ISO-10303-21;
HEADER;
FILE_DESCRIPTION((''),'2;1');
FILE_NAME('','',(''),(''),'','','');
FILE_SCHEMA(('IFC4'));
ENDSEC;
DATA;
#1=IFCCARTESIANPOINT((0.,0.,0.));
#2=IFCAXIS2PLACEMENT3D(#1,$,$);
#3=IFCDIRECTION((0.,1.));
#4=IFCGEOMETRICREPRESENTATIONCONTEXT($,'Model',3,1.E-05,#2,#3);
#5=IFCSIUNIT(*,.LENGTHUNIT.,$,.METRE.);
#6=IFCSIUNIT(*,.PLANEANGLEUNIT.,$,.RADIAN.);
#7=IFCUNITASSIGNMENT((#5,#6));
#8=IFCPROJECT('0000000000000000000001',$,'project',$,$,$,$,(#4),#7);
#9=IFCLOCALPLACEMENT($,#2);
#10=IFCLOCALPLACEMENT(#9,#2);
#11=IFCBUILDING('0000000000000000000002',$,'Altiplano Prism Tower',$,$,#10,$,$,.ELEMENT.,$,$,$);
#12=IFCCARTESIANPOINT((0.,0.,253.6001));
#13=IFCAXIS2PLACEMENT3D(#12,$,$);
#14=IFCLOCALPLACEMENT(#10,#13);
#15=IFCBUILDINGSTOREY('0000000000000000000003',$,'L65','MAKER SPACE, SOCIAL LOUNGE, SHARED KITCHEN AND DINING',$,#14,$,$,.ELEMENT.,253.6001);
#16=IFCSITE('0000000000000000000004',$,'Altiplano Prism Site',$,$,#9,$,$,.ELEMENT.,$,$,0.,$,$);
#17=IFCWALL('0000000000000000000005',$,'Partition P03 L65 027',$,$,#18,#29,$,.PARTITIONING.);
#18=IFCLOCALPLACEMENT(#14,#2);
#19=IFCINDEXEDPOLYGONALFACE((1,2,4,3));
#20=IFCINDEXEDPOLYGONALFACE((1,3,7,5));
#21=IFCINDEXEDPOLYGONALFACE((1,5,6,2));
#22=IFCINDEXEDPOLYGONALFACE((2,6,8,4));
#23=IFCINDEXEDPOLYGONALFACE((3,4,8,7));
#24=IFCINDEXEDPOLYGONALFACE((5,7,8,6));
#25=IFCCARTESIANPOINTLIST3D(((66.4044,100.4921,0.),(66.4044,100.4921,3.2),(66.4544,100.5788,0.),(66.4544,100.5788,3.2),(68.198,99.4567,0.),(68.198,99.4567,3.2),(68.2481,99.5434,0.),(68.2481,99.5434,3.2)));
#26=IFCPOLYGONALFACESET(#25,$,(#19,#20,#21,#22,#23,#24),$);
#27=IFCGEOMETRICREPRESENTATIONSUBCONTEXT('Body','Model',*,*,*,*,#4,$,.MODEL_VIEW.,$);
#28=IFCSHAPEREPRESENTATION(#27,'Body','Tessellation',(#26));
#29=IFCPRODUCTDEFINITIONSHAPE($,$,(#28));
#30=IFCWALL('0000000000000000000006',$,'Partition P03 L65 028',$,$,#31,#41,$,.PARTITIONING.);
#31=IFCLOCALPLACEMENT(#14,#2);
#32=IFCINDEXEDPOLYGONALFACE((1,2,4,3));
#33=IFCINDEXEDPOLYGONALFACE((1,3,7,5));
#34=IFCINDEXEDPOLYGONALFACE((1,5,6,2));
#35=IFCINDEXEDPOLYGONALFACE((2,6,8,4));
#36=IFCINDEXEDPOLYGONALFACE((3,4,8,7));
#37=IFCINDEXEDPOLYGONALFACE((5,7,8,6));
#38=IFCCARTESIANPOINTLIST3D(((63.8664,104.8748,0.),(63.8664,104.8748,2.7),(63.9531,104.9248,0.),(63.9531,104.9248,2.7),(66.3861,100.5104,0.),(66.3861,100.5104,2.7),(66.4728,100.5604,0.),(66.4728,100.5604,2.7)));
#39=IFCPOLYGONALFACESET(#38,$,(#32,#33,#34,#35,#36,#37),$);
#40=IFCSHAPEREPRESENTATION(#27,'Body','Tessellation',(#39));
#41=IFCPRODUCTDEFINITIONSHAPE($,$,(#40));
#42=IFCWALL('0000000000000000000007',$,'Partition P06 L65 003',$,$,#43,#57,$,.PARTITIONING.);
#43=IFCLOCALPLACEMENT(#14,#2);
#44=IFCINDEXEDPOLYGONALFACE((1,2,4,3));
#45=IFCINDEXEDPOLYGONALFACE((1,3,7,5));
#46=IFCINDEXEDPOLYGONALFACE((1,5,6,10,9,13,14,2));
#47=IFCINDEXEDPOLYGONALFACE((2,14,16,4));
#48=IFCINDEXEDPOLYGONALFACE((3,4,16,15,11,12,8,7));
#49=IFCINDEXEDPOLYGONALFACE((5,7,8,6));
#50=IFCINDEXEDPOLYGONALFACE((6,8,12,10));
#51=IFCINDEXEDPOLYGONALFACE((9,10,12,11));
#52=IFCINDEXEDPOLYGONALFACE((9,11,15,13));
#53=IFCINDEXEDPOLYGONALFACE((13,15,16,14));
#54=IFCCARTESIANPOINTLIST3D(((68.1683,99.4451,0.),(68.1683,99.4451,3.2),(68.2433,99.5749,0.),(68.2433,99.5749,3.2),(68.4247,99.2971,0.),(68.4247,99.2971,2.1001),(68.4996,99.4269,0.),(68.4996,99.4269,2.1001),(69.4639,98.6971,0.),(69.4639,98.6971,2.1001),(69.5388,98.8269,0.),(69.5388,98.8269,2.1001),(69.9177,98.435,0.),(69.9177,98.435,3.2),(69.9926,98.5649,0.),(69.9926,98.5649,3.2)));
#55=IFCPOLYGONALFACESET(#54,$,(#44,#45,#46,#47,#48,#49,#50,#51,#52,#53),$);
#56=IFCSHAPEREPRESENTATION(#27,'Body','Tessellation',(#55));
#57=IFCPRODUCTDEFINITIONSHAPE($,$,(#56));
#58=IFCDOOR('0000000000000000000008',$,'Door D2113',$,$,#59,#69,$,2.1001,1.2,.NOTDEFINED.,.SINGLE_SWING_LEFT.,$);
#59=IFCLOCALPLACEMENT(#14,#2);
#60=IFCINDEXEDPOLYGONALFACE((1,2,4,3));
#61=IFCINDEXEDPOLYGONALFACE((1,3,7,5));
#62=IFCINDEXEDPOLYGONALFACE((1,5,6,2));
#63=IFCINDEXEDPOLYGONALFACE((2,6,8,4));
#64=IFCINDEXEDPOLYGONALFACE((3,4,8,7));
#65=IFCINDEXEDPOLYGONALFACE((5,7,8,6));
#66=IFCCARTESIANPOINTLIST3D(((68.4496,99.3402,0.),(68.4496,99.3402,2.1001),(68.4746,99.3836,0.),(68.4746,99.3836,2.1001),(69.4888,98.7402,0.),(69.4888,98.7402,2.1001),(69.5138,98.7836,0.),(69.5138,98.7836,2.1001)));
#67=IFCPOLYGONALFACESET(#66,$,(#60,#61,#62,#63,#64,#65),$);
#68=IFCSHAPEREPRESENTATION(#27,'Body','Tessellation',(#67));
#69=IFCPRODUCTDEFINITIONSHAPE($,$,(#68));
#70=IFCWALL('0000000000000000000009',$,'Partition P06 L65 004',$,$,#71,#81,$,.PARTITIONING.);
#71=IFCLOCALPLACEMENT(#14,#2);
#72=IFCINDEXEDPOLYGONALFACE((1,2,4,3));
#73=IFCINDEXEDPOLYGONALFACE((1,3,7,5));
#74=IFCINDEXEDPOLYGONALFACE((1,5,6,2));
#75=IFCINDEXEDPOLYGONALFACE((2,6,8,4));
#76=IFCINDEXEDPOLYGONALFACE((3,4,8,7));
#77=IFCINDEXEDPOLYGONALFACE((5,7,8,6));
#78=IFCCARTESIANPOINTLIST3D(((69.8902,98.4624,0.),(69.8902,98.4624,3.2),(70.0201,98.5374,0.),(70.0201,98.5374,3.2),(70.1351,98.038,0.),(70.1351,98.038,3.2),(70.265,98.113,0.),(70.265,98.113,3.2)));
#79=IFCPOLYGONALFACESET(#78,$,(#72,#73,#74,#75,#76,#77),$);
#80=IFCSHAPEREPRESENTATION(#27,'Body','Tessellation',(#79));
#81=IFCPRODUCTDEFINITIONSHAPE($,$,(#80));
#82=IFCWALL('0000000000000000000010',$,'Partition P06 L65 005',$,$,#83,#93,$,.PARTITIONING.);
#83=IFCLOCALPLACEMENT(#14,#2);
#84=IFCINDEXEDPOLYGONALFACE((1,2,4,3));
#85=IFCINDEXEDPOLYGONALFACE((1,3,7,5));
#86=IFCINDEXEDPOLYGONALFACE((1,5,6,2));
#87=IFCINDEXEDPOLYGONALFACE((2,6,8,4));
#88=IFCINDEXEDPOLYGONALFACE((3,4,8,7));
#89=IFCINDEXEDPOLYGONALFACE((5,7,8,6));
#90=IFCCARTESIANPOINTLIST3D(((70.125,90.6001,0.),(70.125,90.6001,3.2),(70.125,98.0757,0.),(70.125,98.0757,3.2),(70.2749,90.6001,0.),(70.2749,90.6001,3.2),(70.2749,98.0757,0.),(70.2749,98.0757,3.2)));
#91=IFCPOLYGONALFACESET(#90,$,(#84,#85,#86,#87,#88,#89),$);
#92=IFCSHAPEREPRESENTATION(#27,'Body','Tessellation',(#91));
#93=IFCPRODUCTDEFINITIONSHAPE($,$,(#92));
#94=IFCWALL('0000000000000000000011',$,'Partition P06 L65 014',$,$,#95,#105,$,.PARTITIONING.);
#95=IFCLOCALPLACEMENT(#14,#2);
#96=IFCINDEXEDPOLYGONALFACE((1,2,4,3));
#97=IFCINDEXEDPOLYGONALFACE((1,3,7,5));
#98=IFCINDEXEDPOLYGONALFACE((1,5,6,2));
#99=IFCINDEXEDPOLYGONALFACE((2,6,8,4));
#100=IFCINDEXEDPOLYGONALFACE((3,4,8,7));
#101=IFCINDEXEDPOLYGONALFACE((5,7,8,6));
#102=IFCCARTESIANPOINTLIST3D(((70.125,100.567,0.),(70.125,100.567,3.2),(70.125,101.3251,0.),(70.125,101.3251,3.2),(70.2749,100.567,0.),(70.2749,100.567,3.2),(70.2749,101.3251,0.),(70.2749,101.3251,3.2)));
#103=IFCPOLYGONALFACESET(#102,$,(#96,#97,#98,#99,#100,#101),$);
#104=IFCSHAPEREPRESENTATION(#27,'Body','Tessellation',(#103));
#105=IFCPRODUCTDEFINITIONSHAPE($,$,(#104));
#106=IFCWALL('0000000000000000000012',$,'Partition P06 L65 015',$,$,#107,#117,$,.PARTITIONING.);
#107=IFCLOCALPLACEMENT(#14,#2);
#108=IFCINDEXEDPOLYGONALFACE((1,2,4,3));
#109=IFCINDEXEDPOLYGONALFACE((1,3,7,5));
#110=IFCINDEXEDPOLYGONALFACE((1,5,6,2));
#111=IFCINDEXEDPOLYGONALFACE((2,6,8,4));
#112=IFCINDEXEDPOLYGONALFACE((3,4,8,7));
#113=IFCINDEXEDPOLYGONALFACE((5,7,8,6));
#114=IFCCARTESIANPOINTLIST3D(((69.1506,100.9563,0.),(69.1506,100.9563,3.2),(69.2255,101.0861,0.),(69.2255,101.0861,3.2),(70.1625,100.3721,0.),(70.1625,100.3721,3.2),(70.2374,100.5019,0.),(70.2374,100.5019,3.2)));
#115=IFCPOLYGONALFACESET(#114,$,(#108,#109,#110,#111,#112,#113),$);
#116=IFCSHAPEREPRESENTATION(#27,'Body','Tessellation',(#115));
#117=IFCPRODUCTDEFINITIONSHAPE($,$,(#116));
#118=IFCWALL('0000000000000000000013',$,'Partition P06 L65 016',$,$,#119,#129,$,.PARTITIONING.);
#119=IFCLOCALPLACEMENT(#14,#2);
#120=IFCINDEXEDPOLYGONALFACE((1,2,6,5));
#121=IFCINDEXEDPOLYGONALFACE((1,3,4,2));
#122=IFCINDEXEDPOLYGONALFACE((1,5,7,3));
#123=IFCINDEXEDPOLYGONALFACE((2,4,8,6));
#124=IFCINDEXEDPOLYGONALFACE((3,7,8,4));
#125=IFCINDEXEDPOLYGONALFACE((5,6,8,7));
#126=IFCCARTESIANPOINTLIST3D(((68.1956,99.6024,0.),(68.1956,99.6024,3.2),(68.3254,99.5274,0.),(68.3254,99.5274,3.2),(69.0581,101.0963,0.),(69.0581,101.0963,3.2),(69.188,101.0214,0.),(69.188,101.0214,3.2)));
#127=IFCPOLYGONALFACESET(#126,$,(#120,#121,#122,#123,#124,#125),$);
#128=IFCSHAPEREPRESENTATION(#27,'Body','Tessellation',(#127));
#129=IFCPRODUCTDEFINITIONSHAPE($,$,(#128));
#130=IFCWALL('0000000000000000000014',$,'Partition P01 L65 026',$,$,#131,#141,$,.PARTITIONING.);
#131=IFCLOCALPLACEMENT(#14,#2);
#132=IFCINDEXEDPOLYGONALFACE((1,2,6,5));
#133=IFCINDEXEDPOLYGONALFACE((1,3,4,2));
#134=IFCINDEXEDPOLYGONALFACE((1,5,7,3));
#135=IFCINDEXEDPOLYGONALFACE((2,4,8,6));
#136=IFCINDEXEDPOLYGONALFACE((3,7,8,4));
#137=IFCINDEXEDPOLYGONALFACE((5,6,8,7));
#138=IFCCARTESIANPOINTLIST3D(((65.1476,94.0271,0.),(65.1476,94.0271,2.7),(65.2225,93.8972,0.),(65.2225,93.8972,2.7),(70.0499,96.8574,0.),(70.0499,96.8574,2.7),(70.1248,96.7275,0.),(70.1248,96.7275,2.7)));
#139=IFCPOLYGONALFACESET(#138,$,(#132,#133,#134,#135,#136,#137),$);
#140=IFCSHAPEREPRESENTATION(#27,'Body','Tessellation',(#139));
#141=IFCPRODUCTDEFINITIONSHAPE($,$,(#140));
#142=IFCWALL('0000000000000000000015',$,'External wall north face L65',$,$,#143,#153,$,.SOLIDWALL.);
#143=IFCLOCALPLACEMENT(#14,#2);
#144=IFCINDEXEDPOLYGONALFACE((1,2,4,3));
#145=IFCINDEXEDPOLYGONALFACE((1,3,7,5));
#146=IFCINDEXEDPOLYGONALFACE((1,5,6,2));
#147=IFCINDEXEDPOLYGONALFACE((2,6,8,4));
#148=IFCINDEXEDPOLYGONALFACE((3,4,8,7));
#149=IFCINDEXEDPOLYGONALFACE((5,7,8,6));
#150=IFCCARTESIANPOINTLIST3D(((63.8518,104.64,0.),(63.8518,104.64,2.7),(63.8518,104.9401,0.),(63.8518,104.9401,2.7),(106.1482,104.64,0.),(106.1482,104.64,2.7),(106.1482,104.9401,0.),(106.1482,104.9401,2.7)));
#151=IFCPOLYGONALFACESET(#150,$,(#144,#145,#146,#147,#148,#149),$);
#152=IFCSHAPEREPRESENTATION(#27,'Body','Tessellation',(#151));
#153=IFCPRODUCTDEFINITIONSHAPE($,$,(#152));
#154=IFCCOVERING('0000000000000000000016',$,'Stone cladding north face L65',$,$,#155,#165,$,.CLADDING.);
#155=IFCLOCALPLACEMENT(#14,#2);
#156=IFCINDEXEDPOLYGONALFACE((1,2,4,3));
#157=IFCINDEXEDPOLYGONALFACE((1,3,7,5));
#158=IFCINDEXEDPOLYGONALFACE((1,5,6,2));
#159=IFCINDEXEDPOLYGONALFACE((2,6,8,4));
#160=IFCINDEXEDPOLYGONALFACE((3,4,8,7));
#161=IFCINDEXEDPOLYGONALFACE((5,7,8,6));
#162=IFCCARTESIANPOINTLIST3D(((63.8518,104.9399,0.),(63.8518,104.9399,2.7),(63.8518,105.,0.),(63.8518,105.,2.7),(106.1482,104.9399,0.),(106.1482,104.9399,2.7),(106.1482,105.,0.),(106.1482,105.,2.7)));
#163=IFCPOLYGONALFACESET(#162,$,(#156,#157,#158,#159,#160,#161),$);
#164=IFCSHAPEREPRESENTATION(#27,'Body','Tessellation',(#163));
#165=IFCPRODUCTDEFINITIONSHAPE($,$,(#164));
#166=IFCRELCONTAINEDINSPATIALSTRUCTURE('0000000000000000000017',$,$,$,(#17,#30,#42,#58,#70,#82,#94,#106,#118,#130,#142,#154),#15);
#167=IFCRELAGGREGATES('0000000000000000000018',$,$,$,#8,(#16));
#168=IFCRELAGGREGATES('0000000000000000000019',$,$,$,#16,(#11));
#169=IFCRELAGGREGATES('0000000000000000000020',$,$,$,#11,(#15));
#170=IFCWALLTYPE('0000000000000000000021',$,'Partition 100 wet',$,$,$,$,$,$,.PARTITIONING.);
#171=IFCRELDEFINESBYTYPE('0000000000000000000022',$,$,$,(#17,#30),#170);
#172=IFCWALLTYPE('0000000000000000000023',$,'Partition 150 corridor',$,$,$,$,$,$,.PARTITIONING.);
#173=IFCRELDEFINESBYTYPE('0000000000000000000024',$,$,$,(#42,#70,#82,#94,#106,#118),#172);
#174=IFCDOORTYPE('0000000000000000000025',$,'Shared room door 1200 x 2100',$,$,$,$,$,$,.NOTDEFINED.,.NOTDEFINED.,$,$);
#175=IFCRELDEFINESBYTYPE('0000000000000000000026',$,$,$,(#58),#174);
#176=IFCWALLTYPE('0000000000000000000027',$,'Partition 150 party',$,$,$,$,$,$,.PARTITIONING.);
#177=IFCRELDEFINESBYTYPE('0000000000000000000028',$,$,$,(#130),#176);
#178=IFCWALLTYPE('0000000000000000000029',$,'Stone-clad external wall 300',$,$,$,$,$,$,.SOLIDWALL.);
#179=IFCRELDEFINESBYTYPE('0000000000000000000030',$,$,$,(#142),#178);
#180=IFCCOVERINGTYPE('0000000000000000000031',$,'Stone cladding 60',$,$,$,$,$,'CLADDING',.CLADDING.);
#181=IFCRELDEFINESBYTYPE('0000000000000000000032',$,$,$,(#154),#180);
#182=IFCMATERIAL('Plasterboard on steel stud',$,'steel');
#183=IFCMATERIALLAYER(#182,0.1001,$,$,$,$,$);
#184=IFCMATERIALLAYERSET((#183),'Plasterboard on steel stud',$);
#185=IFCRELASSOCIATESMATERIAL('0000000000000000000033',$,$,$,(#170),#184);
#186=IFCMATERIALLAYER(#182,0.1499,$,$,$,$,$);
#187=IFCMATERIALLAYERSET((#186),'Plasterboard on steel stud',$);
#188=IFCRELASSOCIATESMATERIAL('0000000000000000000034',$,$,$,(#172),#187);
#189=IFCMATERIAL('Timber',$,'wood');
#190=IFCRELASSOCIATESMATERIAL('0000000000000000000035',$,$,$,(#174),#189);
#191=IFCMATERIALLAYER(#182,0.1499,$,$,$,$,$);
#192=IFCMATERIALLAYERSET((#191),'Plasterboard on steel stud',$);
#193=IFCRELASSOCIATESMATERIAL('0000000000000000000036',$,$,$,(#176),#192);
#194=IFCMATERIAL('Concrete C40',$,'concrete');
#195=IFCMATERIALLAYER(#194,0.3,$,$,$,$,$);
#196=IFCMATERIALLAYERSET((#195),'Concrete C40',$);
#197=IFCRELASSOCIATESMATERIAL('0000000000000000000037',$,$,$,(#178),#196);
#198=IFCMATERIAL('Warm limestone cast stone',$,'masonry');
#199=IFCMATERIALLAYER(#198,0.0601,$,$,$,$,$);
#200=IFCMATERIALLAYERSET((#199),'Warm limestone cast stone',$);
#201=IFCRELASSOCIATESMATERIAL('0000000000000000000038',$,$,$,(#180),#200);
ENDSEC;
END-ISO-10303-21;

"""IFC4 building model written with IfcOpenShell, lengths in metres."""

from ifc_helpers import new_model, si_unit, direction, frame, frame_2d, origin, place, context, subcontext, project, spatial, rectangle, extrude, material, layer, layer_set, type_object, element, fill, save


model = new_model("IFC4")

# Units and contexts
model_context = context("Model", 3, precision=1e-05, world=origin(), true_north=direction((0.0, 1.0)))
body_context = subcontext(model_context, "Body", "Model", "MODEL_VIEW")
ifc_project = project(units=[si_unit("LENGTHUNIT", "METRE"), si_unit("PLANEANGLEUNIT", "RADIAN")], contexts=[model_context])

# Site, building, storey
site_placement = place(None, origin())
site = spatial("IfcSite", under=ifc_project, at=site_placement, Name="Altiplano Prism Site", CompositionType="ELEMENT", RefElevation=0.0)
building_placement = place(site_placement, origin())
building = spatial("IfcBuilding", under=site, at=building_placement, Name="Altiplano Prism Tower", CompositionType="ELEMENT")
storey_placement = place(building_placement, frame((0.0, 0.0, 253.6001)))
storey = spatial("IfcBuildingStorey", under=building, at=storey_placement, Name="L65", Description="MAKER SPACE, SOCIAL LOUNGE, SHARED KITCHEN AND DINING", CompositionType="ELEMENT", Elevation=253.6001)

# Walls
ifc_material_1 = material(Name="Plasterboard on steel stud", Category="steel")
ifc_layer_1 = layer(ifc_material_1, 0.1001)
ifc_layer_set_1 = layer_set([ifc_layer_1], Name="Plasterboard on steel stud")
wall_type_1 = type_object("IfcWallType", Name="Partition 100 wet", PredefinedType="PARTITIONING", material=ifc_layer_set_1)
wall_1_placement = place(storey_placement, frame((68.2231, 99.5, 0.0), z_axis=(0.0, 0.0, 1.0), x_axis=(-0.866066, 0.49993, 0.0)))
element("IfcWall", 1, at=wall_1_placement, inside=storey, type_object=wall_type_1, Name="Partition P03 L65 027", PredefinedType="PARTITIONING", context=body_context, shape_type="SweptSolid", body=[
    extrude(rectangle(XDim=2.071, YDim=0.1001, at=frame_2d((1.0356, 0.0))), origin(), (0.0, 0.0, 1.0), 3.2),
])
wall_2_placement = place(storey_placement, frame((66.4294, 100.5354, 0.0), z_axis=(0.0, 0.0, 1.0), x_axis=(-0.499989, 0.866032, 0.0)))
element("IfcWall", 2, at=wall_2_placement, inside=storey, type_object=wall_type_1, Name="Partition P03 L65 028", PredefinedType="PARTITIONING", context=body_context, shape_type="SweptSolid", body=[
    extrude(rectangle(XDim=5.0396, YDim=0.1001, at=frame_2d((2.5198, 0.0))), origin(), (0.0, 0.0, 1.0), 2.7),
])

# Wall, opening, door
ifc_layer_2 = layer(ifc_material_1, 0.1499)
ifc_layer_set_2 = layer_set([ifc_layer_2], Name="Plasterboard on steel stud")
wall_type_2 = type_object("IfcWallType", Name="Partition 150 corridor", PredefinedType="PARTITIONING", material=ifc_layer_set_2)
wall_3_placement = place(storey_placement, frame((68.2058, 99.51, 0.0), z_axis=(0.0, 0.0, 1.0), x_axis=(0.86601, -0.500026, 0.0)))
wall_3 = element("IfcWall", 3, at=wall_3_placement, inside=storey, type_object=wall_type_2, Name="Partition P06 L65 003", PredefinedType="PARTITIONING", context=body_context, shape_type="SweptSolid", body=[
    extrude(rectangle(XDim=2.02, YDim=0.1499, at=frame_2d((1.01, 0.0))), origin(), (0.0, 0.0, 1.0), 3.2),
])
opening_placement = place(wall_3_placement, frame((0.2959, 0.0, 0.0)))
opening = element("IfcOpeningElement", 4, at=opening_placement, cuts=wall_3, PredefinedType="OPENING", context=body_context, shape_type="SweptSolid", body=[
    extrude(rectangle(XDim=1.2, YDim=2.1001, at=frame_2d((0.6001, 1.05))), frame((0.0, 0.0854, 0.0), z_axis=(0.0, -1.0, 0.0), x_axis=(1.0, 0.0, 0.0)), (0.0, 0.0, 1.0), 0.1709),
])
ifc_material_2 = material(Name="Timber", Category="wood")
door_type = type_object("IfcDoorType", Name="Shared room door 1200 x 2100", OperationType="NOTDEFINED", PredefinedType="NOTDEFINED", material=ifc_material_2)
door_placement = place(opening_placement, origin())
door = element("IfcDoor", 5, at=door_placement, inside=storey, type_object=door_type, Name="Door D2113", OperationType="SINGLE_SWING_LEFT", OverallHeight=2.1001, OverallWidth=1.2, PredefinedType="NOTDEFINED", context=body_context, shape_type="SweptSolid", body=[
    extrude(rectangle(XDim=1.2, YDim=2.1001, at=frame_2d((0.6001, 1.05))), frame((0.0, 0.0249, 0.0), z_axis=(0.0, -1.0, 0.0), x_axis=(1.0, 0.0, 0.0)), (0.0, 0.0, 1.0), 0.05),
])
fill(opening, door)

# Walls
wall_4_placement = place(storey_placement, frame((69.9551, 98.5, 0.0), z_axis=(0.0, 0.0, 1.0), x_axis=(0.499837, -0.866119, 0.0)))
element("IfcWall", 6, at=wall_4_placement, inside=storey, type_object=wall_type_2, Name="Partition P06 L65 004", PredefinedType="PARTITIONING", context=body_context, shape_type="SweptSolid", body=[
    extrude(rectangle(XDim=0.49, YDim=0.1499, at=frame_2d((0.2451, 0.0))), origin(), (0.0, 0.0, 1.0), 3.2),
])
wall_5_placement = place(storey_placement, frame((70.2, 98.0757, 0.0), z_axis=(0.0, 0.0, 1.0), x_axis=(0.0, -1.0, 0.0)))
element("IfcWall", 7, at=wall_5_placement, inside=storey, type_object=wall_type_2, Name="Partition P06 L65 005", PredefinedType="PARTITIONING", context=body_context, shape_type="SweptSolid", body=[
    extrude(rectangle(XDim=7.4756, YDim=0.1499, at=frame_2d((3.7378, 0.0))), origin(), (0.0, 0.0, 1.0), 3.2),
])
wall_6_placement = place(storey_placement, frame((70.2, 101.325, 0.0), z_axis=(0.0, 0.0, 1.0), x_axis=(0.0, -1.0, 0.0)))
element("IfcWall", 8, at=wall_6_placement, inside=storey, type_object=wall_type_2, Name="Partition P06 L65 014", PredefinedType="PARTITIONING", context=body_context, shape_type="SweptSolid", body=[
    extrude(rectangle(XDim=0.7581, YDim=0.1499, at=frame_2d((0.3789, 0.0))), origin(), (0.0, 0.0, 1.0), 3.2),
])
wall_7_placement = place(storey_placement, frame((70.2, 100.437, 0.0), z_axis=(0.0, 0.0, 1.0), x_axis=(-0.866036, 0.499982, 0.0)))
element("IfcWall", 9, at=wall_7_placement, inside=storey, type_object=wall_type_2, Name="Partition P06 L65 015", PredefinedType="PARTITIONING", context=body_context, shape_type="SweptSolid", body=[
    extrude(rectangle(XDim=1.1685, YDim=0.1499, at=frame_2d((0.5842, 0.0))), origin(), (0.0, 0.0, 1.0), 3.2),
])
wall_8_placement = place(storey_placement, frame((69.123, 101.0588, 0.0), z_axis=(0.0, 0.0, 1.0), x_axis=(-0.500021, -0.866014, 0.0)))
element("IfcWall", 10, at=wall_8_placement, inside=storey, type_object=wall_type_2, Name="Partition P06 L65 016", PredefinedType="PARTITIONING", context=body_context, shape_type="SweptSolid", body=[
    extrude(rectangle(XDim=1.7251, YDim=0.1499, at=frame_2d((0.8625, 0.0))), origin(), (0.0, 0.0, 1.0), 3.2),
])
ifc_layer_3 = layer(ifc_material_1, 0.1499)
ifc_layer_set_3 = layer_set([ifc_layer_3], Name="Plasterboard on steel stud")
wall_type_3 = type_object("IfcWallType", Name="Partition 150 party", PredefinedType="PARTITIONING", material=ifc_layer_set_3)
wall_9_placement = place(storey_placement, frame((65.1851, 93.9622, 0.0), z_axis=(0.0, 0.0, 1.0), x_axis=(0.866029, 0.499994, 0.0)))
element("IfcWall", 11, at=wall_9_placement, inside=storey, type_object=wall_type_3, Name="Partition P01 L65 026", PredefinedType="PARTITIONING", context=body_context, shape_type="SweptSolid", body=[
    extrude(rectangle(XDim=5.6606, YDim=0.1499, at=frame_2d((2.8303, 0.0))), origin(), (0.0, 0.0, 1.0), 2.7),
])
ifc_material_3 = material(Name="Concrete C40", Category="concrete")
ifc_layer_4 = layer(ifc_material_3, 0.3)
ifc_layer_set_4 = layer_set([ifc_layer_4], Name="Concrete C40")
wall_type_4 = type_object("IfcWallType", Name="Stone-clad external wall 300", PredefinedType="SOLIDWALL", material=ifc_layer_set_4)
wall_10_placement = place(storey_placement, frame((63.8518, 104.79, 0.0), z_axis=(0.0, 0.0, 1.0), x_axis=(1.0, 0.0, 0.0)))
element("IfcWall", 12, at=wall_10_placement, inside=storey, type_object=wall_type_4, Name="External wall north face L65", PredefinedType="SOLIDWALL", context=body_context, shape_type="SweptSolid", body=[
    extrude(rectangle(XDim=42.2964, YDim=0.3, at=frame_2d((21.1482, 0.0))), origin(), (0.0, 0.0, 1.0), 2.7),
])

# Covering
ifc_material_4 = material(Name="Warm limestone cast stone", Category="masonry")
ifc_layer_5 = layer(ifc_material_4, 0.0601)
ifc_layer_set_5 = layer_set([ifc_layer_5], Name="Warm limestone cast stone")
covering_type = type_object("IfcCoveringType", Name="Stone cladding 60", ElementType="CLADDING", PredefinedType="CLADDING", material=ifc_layer_set_5)
covering_placement = place(storey_placement, frame((63.8518, 104.97, 0.0), z_axis=(0.0, 0.0, 1.0), x_axis=(1.0, 0.0, 0.0)))
element("IfcCovering", 13, at=covering_placement, inside=storey, type_object=covering_type, Name="Stone cladding north face L65", PredefinedType="CLADDING", context=body_context, shape_type="SweptSolid", body=[
    extrude(rectangle(XDim=42.2964, YDim=0.0601, at=frame_2d((21.1482, 0.0))), origin(), (0.0, 0.0, 1.0), 2.7),
])

save(model, "model.ifc")
